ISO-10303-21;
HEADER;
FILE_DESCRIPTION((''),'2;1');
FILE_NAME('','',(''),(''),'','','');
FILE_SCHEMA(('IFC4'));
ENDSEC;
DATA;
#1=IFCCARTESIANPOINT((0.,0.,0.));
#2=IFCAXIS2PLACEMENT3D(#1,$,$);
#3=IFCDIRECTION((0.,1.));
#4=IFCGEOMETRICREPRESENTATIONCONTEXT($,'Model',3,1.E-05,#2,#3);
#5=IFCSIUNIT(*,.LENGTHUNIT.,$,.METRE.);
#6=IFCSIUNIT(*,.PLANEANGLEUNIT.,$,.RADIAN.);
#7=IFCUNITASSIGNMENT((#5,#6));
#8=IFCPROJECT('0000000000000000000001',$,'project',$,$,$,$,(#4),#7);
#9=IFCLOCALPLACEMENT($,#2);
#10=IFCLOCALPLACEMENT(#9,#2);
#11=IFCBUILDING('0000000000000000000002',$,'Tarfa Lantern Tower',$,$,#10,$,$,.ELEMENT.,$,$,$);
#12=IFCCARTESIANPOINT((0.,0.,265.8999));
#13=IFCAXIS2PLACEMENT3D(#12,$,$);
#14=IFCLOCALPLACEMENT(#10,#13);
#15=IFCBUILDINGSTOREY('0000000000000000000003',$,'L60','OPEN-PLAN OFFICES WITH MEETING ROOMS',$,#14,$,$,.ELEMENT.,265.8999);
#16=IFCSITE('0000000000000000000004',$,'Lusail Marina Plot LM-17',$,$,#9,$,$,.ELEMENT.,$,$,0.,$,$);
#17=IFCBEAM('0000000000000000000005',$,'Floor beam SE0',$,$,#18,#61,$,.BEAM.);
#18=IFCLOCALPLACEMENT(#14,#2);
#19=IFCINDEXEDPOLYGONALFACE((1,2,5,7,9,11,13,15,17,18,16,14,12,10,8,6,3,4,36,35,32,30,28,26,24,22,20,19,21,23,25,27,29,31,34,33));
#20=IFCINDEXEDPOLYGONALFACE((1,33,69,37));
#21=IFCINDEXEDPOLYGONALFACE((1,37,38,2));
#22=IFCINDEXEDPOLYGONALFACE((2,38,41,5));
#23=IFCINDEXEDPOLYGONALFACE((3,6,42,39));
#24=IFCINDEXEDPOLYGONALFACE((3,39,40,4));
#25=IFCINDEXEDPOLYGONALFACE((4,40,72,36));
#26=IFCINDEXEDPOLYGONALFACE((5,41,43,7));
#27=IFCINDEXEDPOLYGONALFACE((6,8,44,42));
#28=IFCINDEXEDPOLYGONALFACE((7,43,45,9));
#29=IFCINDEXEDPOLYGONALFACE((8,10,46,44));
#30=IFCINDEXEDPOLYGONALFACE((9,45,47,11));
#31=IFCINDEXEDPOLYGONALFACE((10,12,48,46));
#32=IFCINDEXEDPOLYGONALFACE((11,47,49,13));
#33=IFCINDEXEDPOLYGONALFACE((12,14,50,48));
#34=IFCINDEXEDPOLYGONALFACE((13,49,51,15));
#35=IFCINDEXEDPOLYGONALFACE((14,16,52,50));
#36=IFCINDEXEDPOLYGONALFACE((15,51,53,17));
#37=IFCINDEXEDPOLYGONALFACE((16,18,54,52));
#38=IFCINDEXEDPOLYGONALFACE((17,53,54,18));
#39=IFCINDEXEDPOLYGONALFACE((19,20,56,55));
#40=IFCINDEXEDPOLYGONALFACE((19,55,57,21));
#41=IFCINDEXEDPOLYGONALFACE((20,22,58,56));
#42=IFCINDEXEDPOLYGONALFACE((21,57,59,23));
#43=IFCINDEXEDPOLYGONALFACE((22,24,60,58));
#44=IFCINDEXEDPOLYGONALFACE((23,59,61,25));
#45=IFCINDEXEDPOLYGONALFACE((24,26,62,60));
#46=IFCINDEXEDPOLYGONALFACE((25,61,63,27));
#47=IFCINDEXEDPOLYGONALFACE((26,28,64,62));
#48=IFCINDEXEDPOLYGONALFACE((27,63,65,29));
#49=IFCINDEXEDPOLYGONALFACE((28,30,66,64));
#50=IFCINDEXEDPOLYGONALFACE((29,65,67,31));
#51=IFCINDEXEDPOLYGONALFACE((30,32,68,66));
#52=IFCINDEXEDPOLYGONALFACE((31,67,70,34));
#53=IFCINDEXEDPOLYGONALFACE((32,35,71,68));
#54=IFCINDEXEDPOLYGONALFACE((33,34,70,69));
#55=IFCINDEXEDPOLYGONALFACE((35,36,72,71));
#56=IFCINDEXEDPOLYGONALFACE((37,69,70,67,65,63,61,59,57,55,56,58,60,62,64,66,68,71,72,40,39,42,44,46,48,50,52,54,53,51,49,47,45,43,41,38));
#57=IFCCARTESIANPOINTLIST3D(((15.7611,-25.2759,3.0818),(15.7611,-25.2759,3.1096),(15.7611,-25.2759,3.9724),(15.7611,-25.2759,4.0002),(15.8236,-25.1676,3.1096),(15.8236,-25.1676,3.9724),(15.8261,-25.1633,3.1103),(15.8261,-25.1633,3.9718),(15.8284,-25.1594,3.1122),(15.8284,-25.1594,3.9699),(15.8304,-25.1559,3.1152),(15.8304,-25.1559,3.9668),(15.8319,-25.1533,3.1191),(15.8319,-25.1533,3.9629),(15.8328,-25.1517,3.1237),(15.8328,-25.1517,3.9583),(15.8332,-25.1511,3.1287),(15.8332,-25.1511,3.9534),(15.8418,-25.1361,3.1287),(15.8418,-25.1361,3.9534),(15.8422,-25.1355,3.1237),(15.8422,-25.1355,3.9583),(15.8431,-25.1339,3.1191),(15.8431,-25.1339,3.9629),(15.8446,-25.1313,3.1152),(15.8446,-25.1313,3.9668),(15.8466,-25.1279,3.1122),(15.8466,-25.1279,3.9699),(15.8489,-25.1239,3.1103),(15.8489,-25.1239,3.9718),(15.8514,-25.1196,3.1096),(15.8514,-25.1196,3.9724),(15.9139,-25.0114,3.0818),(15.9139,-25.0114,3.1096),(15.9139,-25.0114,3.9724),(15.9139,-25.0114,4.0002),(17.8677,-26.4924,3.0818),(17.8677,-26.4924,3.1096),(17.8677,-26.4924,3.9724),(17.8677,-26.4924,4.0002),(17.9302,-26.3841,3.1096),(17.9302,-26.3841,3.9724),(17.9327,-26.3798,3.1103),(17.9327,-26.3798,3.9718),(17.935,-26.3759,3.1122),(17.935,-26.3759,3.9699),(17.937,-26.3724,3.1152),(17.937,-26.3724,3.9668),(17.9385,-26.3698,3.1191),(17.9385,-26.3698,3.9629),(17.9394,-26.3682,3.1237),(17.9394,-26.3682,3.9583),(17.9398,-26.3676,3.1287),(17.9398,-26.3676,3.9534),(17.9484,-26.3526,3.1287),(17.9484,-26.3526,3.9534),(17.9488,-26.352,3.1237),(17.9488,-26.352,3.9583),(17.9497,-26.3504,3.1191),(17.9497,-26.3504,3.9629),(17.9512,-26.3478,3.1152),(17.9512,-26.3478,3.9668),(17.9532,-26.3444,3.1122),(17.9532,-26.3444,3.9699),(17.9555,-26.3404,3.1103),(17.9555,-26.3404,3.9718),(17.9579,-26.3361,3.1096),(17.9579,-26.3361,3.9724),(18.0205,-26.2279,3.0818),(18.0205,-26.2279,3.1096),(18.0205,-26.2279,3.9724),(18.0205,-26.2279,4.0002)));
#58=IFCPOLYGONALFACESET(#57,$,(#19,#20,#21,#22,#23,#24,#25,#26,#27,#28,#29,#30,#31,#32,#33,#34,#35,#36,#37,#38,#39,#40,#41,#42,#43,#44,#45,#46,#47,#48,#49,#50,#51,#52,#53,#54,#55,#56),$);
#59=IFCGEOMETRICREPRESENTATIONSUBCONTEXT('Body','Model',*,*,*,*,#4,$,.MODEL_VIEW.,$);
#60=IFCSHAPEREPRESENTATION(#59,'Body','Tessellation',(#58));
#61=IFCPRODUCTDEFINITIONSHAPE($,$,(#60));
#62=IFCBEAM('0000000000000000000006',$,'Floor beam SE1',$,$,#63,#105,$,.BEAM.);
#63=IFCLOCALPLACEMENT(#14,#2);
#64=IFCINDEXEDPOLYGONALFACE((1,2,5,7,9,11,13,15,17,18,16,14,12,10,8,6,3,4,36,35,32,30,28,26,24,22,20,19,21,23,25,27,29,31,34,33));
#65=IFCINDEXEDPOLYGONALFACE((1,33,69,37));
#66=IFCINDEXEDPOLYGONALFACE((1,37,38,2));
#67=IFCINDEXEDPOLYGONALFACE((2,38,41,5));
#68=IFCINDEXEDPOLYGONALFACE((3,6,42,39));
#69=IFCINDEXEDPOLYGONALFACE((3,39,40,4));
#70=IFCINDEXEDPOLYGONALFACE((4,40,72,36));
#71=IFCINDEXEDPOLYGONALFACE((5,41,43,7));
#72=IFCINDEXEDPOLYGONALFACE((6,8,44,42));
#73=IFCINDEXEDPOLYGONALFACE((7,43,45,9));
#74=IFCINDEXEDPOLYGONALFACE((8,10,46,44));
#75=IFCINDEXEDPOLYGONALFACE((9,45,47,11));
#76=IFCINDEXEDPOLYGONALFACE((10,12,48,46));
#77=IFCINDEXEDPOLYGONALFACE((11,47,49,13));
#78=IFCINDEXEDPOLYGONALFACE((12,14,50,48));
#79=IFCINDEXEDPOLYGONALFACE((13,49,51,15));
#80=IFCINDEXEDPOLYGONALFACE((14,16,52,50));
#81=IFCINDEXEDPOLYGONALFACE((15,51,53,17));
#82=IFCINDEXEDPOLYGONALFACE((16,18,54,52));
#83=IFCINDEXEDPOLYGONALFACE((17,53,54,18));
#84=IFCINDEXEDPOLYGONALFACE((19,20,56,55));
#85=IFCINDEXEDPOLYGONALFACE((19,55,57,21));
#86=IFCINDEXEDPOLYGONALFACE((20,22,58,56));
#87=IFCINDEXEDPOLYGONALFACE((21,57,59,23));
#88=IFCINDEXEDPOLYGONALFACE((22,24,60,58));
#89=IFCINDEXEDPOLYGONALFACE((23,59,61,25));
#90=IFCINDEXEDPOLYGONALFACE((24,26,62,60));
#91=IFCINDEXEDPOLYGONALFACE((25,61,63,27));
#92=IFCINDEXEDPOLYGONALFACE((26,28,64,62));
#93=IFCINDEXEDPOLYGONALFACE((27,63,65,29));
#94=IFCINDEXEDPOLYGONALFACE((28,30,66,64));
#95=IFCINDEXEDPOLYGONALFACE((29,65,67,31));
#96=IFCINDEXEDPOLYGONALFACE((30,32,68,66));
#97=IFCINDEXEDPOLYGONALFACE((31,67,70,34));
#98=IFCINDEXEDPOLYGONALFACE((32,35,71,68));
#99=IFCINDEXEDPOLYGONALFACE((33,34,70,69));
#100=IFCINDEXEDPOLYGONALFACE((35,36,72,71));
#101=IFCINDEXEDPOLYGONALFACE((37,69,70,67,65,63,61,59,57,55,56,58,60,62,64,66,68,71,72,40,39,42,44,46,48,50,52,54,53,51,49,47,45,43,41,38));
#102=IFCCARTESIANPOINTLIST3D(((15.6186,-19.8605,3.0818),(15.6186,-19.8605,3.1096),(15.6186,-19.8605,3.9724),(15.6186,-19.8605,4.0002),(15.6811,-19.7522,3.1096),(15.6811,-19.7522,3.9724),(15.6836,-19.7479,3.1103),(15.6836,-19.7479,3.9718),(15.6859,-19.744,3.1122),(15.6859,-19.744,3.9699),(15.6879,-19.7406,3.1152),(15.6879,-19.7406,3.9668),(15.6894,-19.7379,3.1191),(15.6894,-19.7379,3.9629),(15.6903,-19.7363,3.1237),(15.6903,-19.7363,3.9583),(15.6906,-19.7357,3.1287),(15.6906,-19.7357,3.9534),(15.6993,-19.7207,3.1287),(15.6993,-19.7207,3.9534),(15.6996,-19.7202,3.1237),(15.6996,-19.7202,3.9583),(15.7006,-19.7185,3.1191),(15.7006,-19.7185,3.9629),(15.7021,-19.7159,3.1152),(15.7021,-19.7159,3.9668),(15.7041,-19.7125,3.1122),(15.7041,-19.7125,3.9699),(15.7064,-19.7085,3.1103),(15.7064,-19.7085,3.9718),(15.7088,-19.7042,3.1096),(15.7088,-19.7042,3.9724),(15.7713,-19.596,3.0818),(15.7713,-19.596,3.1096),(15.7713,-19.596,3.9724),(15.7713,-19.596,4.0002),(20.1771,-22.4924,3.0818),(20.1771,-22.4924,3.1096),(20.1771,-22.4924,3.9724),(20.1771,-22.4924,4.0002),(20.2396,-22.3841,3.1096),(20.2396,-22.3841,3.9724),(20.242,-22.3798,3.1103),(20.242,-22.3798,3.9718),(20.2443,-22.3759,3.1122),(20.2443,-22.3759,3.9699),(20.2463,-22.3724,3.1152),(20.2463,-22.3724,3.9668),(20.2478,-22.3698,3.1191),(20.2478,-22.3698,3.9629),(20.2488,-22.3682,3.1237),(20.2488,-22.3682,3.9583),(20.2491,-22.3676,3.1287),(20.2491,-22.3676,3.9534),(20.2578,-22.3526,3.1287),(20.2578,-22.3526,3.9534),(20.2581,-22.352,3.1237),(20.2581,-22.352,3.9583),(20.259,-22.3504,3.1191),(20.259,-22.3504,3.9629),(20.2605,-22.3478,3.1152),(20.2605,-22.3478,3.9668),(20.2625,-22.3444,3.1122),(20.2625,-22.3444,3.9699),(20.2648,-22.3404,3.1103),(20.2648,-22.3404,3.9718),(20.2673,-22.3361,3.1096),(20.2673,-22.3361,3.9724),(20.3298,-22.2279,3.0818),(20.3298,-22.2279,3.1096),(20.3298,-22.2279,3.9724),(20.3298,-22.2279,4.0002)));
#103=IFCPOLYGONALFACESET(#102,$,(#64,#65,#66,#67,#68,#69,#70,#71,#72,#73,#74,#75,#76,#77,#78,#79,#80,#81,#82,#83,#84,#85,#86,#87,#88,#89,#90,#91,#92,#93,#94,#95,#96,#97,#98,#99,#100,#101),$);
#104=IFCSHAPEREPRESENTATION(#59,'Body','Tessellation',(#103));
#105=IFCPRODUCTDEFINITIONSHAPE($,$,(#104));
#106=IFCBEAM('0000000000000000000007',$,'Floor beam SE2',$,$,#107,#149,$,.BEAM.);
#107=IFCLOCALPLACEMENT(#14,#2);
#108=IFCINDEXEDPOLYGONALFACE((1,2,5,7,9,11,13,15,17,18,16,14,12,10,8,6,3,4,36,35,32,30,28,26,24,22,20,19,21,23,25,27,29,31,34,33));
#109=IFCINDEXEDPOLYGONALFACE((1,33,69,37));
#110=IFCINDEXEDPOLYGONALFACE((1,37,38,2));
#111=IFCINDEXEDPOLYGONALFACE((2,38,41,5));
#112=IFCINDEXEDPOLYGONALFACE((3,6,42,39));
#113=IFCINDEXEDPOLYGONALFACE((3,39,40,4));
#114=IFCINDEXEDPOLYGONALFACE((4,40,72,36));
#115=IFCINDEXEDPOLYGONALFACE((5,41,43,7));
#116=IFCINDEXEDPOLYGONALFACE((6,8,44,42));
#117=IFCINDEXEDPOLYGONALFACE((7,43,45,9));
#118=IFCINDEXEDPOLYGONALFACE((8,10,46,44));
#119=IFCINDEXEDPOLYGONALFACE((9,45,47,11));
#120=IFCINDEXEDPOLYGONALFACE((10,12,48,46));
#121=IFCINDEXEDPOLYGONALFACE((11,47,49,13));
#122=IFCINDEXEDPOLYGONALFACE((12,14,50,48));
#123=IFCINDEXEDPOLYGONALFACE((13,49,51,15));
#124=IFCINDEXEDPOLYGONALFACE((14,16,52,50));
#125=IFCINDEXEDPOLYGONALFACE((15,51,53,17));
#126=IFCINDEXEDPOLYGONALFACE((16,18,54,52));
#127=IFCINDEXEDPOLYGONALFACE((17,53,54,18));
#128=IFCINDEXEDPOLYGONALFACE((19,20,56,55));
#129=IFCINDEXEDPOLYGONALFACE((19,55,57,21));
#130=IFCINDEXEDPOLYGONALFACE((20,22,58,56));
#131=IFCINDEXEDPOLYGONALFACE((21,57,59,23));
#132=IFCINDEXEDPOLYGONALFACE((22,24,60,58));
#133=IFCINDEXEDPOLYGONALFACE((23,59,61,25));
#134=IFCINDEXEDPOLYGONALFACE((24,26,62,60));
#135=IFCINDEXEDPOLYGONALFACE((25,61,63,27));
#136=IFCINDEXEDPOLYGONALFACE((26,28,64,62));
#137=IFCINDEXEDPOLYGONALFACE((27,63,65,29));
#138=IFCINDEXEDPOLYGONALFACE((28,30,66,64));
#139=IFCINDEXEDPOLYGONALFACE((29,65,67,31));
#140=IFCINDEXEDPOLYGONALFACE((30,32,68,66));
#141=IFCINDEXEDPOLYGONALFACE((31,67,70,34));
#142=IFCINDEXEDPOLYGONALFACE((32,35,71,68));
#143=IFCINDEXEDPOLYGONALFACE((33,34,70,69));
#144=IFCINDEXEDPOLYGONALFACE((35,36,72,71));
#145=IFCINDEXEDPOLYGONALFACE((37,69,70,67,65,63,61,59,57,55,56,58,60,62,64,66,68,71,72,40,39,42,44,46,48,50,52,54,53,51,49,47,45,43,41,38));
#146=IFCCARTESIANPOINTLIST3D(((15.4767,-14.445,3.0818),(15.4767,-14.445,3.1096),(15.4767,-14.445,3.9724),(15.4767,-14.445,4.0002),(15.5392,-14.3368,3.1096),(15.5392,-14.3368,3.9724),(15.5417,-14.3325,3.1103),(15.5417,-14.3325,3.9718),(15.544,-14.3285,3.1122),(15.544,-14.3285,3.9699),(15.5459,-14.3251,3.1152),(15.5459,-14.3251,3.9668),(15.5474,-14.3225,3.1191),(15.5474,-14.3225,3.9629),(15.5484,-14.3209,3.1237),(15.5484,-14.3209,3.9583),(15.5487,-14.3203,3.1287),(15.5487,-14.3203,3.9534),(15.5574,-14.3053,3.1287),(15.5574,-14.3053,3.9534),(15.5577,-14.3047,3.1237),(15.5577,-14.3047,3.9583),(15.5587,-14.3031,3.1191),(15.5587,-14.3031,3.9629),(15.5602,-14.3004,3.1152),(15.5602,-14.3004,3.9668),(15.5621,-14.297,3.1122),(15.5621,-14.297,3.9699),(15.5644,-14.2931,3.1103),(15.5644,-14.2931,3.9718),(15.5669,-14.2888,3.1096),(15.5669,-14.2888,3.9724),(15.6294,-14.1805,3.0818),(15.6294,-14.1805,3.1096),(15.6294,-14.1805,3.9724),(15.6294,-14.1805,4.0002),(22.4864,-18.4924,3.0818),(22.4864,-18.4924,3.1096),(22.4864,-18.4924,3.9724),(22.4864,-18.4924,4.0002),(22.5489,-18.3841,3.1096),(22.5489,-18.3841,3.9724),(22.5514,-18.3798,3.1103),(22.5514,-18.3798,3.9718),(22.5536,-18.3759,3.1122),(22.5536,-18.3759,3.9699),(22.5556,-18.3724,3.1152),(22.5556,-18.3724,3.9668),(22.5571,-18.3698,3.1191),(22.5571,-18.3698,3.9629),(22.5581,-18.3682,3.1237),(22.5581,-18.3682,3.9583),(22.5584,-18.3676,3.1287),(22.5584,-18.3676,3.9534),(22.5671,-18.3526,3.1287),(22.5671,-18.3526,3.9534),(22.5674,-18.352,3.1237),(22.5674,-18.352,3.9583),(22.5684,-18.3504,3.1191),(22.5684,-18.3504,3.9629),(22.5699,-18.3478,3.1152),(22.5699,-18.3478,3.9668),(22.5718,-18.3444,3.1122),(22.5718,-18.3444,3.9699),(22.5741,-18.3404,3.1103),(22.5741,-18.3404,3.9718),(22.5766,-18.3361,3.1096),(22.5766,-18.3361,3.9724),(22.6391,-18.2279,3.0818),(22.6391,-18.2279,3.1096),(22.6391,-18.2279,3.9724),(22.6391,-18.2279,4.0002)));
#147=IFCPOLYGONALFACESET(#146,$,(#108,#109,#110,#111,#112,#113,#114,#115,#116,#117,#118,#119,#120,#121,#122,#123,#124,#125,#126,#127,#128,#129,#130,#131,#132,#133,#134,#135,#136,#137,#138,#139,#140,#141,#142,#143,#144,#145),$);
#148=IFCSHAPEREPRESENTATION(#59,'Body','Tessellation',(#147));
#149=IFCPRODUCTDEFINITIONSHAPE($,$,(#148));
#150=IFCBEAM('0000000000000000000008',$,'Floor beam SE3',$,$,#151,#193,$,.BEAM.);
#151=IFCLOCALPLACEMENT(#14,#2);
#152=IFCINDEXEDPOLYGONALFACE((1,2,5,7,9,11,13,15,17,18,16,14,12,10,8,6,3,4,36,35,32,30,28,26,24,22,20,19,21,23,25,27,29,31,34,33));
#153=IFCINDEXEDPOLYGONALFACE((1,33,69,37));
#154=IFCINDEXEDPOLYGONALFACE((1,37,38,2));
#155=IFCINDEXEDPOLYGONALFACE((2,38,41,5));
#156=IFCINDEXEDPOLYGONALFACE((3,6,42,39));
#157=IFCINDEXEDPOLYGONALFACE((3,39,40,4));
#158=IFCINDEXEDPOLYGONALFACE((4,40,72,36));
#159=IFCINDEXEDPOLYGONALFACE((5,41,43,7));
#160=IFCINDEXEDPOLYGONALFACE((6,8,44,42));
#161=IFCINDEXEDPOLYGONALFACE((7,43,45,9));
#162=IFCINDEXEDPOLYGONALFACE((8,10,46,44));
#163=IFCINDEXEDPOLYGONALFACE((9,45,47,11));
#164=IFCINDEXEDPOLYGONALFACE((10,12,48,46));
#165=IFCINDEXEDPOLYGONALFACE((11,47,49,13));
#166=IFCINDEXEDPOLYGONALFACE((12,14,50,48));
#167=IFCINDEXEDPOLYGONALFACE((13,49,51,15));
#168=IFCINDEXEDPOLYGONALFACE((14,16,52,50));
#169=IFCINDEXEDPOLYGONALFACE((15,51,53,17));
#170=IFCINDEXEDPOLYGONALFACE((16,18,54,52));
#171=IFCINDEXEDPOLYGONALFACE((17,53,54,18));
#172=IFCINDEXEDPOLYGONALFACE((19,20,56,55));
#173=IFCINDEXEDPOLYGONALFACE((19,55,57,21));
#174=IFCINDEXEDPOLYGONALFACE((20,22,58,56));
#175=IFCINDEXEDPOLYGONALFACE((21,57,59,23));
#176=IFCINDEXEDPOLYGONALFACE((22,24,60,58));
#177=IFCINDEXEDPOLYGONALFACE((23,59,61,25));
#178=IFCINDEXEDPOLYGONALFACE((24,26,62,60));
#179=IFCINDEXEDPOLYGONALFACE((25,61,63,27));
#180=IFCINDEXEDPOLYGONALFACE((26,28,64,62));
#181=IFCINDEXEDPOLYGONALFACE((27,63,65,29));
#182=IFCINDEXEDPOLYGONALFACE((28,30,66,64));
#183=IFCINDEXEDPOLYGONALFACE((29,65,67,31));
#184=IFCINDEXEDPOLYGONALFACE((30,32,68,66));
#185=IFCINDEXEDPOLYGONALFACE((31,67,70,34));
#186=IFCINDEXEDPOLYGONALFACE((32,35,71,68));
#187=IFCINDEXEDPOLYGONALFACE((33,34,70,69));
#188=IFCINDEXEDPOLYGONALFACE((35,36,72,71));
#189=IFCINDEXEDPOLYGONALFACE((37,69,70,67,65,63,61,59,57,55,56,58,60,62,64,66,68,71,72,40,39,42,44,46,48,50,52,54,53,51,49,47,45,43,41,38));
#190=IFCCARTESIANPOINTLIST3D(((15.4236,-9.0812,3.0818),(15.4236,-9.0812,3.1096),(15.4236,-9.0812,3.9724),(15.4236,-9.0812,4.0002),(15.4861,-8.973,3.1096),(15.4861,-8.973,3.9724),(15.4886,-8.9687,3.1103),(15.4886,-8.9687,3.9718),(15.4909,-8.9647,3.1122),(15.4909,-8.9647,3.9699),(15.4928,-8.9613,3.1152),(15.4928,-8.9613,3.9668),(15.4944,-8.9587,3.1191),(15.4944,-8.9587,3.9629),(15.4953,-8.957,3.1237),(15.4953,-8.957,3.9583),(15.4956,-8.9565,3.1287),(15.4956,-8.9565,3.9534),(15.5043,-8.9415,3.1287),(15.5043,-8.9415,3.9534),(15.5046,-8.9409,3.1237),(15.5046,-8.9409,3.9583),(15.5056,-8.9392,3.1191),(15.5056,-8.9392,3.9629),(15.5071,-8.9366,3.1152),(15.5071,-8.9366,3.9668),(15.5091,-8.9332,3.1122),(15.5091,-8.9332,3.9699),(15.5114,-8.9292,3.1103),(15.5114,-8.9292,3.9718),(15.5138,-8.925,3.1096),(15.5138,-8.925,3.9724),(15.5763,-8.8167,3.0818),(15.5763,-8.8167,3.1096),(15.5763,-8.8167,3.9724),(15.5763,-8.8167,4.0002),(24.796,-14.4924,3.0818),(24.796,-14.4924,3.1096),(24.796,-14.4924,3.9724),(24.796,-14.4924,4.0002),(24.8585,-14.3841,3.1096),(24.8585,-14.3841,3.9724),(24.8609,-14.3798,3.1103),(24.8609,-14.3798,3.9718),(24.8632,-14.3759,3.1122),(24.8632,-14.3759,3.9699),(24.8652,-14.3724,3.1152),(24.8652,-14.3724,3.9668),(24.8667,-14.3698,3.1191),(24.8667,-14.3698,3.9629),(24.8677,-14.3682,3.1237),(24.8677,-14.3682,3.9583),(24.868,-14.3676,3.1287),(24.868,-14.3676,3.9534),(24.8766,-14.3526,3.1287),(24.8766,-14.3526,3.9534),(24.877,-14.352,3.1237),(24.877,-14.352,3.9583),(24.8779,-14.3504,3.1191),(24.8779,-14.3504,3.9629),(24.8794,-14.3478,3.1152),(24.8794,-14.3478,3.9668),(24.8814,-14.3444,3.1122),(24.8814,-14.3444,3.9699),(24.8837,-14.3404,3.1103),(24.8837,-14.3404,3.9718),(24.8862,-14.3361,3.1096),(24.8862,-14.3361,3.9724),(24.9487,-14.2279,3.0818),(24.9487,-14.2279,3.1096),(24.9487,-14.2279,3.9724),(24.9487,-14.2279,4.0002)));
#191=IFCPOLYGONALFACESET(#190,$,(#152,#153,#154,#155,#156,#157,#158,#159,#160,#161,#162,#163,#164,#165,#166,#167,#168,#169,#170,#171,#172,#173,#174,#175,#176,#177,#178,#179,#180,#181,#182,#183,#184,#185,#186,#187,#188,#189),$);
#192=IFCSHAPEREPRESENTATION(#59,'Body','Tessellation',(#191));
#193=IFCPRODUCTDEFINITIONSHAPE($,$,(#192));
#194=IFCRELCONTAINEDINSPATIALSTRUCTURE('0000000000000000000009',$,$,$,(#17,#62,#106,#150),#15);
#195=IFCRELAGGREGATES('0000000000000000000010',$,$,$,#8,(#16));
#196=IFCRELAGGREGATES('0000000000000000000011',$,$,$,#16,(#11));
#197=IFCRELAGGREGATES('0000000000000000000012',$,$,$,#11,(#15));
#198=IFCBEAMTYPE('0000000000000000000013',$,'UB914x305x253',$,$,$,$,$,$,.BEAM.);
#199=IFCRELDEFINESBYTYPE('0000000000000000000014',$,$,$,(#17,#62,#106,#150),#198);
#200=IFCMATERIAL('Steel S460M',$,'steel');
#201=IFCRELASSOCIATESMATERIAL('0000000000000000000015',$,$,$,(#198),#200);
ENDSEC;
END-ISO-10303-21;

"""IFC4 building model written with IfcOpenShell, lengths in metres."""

from ifc_helpers import new_model, si_unit, direction, frame, origin, origin_2d, place, context, subcontext, project, spatial, i_section, extrude, material, material_profile, profile_set, type_object, element, save


model = new_model("IFC4")

# Units and contexts
model_context = context("Model", 3, precision=1e-05, world=origin(), true_north=direction((0.0, 1.0)))
body_context = subcontext(model_context, "Body", "Model", "MODEL_VIEW")
ifc_project = project(units=[si_unit("LENGTHUNIT", "METRE"), si_unit("PLANEANGLEUNIT", "RADIAN")], contexts=[model_context])

# Site, building, storey
site_placement = place(None, origin())
site = spatial("IfcSite", under=ifc_project, at=site_placement, Name="Lusail Marina Plot LM-17", CompositionType="ELEMENT", RefElevation=0.0)
building_placement = place(site_placement, origin())
building = spatial("IfcBuilding", under=site, at=building_placement, Name="Tarfa Lantern Tower", CompositionType="ELEMENT")
storey_placement = place(building_placement, frame((0.0, 0.0, 265.8999)))
storey = spatial("IfcBuildingStorey", under=building, at=storey_placement, Name="L60", Description="OPEN-PLAN OFFICES WITH MEETING ROOMS", CompositionType="ELEMENT", Elevation=265.8999)

# Beams
ifc_material_1 = material(Name="Steel S460M", Category="steel")
ifc_material_profile_1 = material_profile(ifc_material_1, i_section(OverallWidth=0.3054, OverallDepth=0.9185, WebThickness=0.0173, FlangeThickness=0.0278, FilletRadius=0.019, at=origin_2d()), Name="UB914x305x253")
ifc_profile_set_1 = profile_set([ifc_material_profile_1], Name="Steel S460M")
beam_type_1 = type_object("IfcBeamType", Name="UB914x305x253", PredefinedType="BEAM", material=ifc_profile_set_1)
beam_1_placement = place(storey_placement, frame((17.9441, -26.3601, 3.541), z_axis=(-0.86598, 0.500079, 0.0), x_axis=(-0.500079, -0.86598, 0.0)))
element("IfcBeam", 1, at=beam_1_placement, inside=storey, type_object=beam_type_1, Name="Floor beam SE0", PredefinedType="BEAM", context=body_context, shape_type="SweptSolid", body=[
    extrude(i_section(OverallWidth=0.3054, OverallDepth=0.9185, WebThickness=0.0173, FlangeThickness=0.0278, FilletRadius=0.019, at=origin_2d()), origin(), (0.0, 0.0, 1.0), 2.4326),
])
beam_2_placement = place(storey_placement, frame((20.2534, -22.3601, 3.541), z_axis=(-0.86602, 0.50001, 0.0), x_axis=(-0.50001, -0.86602, 0.0)))
element("IfcBeam", 2, at=beam_2_placement, inside=storey, type_object=beam_type_1, Name="Floor beam SE1", PredefinedType="BEAM", context=body_context, shape_type="SweptSolid", body=[
    extrude(i_section(OverallWidth=0.3054, OverallDepth=0.9185, WebThickness=0.0173, FlangeThickness=0.0278, FilletRadius=0.019, at=origin_2d()), origin(), (0.0, 0.0, 1.0), 5.2637),
])
beam_3_placement = place(storey_placement, frame((22.5627, -18.3601, 3.541), z_axis=(-0.866011, 0.500025, 0.0), x_axis=(-0.500025, -0.866011, 0.0)))
element("IfcBeam", 3, at=beam_3_placement, inside=storey, type_object=beam_type_1, Name="Floor beam SE2", PredefinedType="BEAM", context=body_context, shape_type="SweptSolid", body=[
    extrude(i_section(OverallWidth=0.3054, OverallDepth=0.9185, WebThickness=0.0173, FlangeThickness=0.0278, FilletRadius=0.019, at=origin_2d()), origin(), (0.0, 0.0, 1.0), 8.0942),
])
beam_4_placement = place(storey_placement, frame((24.8723, -14.3601, 3.541), z_axis=(-0.866024, 0.500002, 0.0), x_axis=(-0.500002, -0.866024, 0.0)))
element("IfcBeam", 4, at=beam_4_placement, inside=storey, type_object=beam_type_1, Name="Floor beam SE3", PredefinedType="BEAM", context=body_context, shape_type="SweptSolid", body=[
    extrude(i_section(OverallWidth=0.3054, OverallDepth=0.9185, WebThickness=0.0173, FlangeThickness=0.0278, FilletRadius=0.019, at=origin_2d()), origin(), (0.0, 0.0, 1.0), 10.8223),
])

save(model, "model.ifc")
